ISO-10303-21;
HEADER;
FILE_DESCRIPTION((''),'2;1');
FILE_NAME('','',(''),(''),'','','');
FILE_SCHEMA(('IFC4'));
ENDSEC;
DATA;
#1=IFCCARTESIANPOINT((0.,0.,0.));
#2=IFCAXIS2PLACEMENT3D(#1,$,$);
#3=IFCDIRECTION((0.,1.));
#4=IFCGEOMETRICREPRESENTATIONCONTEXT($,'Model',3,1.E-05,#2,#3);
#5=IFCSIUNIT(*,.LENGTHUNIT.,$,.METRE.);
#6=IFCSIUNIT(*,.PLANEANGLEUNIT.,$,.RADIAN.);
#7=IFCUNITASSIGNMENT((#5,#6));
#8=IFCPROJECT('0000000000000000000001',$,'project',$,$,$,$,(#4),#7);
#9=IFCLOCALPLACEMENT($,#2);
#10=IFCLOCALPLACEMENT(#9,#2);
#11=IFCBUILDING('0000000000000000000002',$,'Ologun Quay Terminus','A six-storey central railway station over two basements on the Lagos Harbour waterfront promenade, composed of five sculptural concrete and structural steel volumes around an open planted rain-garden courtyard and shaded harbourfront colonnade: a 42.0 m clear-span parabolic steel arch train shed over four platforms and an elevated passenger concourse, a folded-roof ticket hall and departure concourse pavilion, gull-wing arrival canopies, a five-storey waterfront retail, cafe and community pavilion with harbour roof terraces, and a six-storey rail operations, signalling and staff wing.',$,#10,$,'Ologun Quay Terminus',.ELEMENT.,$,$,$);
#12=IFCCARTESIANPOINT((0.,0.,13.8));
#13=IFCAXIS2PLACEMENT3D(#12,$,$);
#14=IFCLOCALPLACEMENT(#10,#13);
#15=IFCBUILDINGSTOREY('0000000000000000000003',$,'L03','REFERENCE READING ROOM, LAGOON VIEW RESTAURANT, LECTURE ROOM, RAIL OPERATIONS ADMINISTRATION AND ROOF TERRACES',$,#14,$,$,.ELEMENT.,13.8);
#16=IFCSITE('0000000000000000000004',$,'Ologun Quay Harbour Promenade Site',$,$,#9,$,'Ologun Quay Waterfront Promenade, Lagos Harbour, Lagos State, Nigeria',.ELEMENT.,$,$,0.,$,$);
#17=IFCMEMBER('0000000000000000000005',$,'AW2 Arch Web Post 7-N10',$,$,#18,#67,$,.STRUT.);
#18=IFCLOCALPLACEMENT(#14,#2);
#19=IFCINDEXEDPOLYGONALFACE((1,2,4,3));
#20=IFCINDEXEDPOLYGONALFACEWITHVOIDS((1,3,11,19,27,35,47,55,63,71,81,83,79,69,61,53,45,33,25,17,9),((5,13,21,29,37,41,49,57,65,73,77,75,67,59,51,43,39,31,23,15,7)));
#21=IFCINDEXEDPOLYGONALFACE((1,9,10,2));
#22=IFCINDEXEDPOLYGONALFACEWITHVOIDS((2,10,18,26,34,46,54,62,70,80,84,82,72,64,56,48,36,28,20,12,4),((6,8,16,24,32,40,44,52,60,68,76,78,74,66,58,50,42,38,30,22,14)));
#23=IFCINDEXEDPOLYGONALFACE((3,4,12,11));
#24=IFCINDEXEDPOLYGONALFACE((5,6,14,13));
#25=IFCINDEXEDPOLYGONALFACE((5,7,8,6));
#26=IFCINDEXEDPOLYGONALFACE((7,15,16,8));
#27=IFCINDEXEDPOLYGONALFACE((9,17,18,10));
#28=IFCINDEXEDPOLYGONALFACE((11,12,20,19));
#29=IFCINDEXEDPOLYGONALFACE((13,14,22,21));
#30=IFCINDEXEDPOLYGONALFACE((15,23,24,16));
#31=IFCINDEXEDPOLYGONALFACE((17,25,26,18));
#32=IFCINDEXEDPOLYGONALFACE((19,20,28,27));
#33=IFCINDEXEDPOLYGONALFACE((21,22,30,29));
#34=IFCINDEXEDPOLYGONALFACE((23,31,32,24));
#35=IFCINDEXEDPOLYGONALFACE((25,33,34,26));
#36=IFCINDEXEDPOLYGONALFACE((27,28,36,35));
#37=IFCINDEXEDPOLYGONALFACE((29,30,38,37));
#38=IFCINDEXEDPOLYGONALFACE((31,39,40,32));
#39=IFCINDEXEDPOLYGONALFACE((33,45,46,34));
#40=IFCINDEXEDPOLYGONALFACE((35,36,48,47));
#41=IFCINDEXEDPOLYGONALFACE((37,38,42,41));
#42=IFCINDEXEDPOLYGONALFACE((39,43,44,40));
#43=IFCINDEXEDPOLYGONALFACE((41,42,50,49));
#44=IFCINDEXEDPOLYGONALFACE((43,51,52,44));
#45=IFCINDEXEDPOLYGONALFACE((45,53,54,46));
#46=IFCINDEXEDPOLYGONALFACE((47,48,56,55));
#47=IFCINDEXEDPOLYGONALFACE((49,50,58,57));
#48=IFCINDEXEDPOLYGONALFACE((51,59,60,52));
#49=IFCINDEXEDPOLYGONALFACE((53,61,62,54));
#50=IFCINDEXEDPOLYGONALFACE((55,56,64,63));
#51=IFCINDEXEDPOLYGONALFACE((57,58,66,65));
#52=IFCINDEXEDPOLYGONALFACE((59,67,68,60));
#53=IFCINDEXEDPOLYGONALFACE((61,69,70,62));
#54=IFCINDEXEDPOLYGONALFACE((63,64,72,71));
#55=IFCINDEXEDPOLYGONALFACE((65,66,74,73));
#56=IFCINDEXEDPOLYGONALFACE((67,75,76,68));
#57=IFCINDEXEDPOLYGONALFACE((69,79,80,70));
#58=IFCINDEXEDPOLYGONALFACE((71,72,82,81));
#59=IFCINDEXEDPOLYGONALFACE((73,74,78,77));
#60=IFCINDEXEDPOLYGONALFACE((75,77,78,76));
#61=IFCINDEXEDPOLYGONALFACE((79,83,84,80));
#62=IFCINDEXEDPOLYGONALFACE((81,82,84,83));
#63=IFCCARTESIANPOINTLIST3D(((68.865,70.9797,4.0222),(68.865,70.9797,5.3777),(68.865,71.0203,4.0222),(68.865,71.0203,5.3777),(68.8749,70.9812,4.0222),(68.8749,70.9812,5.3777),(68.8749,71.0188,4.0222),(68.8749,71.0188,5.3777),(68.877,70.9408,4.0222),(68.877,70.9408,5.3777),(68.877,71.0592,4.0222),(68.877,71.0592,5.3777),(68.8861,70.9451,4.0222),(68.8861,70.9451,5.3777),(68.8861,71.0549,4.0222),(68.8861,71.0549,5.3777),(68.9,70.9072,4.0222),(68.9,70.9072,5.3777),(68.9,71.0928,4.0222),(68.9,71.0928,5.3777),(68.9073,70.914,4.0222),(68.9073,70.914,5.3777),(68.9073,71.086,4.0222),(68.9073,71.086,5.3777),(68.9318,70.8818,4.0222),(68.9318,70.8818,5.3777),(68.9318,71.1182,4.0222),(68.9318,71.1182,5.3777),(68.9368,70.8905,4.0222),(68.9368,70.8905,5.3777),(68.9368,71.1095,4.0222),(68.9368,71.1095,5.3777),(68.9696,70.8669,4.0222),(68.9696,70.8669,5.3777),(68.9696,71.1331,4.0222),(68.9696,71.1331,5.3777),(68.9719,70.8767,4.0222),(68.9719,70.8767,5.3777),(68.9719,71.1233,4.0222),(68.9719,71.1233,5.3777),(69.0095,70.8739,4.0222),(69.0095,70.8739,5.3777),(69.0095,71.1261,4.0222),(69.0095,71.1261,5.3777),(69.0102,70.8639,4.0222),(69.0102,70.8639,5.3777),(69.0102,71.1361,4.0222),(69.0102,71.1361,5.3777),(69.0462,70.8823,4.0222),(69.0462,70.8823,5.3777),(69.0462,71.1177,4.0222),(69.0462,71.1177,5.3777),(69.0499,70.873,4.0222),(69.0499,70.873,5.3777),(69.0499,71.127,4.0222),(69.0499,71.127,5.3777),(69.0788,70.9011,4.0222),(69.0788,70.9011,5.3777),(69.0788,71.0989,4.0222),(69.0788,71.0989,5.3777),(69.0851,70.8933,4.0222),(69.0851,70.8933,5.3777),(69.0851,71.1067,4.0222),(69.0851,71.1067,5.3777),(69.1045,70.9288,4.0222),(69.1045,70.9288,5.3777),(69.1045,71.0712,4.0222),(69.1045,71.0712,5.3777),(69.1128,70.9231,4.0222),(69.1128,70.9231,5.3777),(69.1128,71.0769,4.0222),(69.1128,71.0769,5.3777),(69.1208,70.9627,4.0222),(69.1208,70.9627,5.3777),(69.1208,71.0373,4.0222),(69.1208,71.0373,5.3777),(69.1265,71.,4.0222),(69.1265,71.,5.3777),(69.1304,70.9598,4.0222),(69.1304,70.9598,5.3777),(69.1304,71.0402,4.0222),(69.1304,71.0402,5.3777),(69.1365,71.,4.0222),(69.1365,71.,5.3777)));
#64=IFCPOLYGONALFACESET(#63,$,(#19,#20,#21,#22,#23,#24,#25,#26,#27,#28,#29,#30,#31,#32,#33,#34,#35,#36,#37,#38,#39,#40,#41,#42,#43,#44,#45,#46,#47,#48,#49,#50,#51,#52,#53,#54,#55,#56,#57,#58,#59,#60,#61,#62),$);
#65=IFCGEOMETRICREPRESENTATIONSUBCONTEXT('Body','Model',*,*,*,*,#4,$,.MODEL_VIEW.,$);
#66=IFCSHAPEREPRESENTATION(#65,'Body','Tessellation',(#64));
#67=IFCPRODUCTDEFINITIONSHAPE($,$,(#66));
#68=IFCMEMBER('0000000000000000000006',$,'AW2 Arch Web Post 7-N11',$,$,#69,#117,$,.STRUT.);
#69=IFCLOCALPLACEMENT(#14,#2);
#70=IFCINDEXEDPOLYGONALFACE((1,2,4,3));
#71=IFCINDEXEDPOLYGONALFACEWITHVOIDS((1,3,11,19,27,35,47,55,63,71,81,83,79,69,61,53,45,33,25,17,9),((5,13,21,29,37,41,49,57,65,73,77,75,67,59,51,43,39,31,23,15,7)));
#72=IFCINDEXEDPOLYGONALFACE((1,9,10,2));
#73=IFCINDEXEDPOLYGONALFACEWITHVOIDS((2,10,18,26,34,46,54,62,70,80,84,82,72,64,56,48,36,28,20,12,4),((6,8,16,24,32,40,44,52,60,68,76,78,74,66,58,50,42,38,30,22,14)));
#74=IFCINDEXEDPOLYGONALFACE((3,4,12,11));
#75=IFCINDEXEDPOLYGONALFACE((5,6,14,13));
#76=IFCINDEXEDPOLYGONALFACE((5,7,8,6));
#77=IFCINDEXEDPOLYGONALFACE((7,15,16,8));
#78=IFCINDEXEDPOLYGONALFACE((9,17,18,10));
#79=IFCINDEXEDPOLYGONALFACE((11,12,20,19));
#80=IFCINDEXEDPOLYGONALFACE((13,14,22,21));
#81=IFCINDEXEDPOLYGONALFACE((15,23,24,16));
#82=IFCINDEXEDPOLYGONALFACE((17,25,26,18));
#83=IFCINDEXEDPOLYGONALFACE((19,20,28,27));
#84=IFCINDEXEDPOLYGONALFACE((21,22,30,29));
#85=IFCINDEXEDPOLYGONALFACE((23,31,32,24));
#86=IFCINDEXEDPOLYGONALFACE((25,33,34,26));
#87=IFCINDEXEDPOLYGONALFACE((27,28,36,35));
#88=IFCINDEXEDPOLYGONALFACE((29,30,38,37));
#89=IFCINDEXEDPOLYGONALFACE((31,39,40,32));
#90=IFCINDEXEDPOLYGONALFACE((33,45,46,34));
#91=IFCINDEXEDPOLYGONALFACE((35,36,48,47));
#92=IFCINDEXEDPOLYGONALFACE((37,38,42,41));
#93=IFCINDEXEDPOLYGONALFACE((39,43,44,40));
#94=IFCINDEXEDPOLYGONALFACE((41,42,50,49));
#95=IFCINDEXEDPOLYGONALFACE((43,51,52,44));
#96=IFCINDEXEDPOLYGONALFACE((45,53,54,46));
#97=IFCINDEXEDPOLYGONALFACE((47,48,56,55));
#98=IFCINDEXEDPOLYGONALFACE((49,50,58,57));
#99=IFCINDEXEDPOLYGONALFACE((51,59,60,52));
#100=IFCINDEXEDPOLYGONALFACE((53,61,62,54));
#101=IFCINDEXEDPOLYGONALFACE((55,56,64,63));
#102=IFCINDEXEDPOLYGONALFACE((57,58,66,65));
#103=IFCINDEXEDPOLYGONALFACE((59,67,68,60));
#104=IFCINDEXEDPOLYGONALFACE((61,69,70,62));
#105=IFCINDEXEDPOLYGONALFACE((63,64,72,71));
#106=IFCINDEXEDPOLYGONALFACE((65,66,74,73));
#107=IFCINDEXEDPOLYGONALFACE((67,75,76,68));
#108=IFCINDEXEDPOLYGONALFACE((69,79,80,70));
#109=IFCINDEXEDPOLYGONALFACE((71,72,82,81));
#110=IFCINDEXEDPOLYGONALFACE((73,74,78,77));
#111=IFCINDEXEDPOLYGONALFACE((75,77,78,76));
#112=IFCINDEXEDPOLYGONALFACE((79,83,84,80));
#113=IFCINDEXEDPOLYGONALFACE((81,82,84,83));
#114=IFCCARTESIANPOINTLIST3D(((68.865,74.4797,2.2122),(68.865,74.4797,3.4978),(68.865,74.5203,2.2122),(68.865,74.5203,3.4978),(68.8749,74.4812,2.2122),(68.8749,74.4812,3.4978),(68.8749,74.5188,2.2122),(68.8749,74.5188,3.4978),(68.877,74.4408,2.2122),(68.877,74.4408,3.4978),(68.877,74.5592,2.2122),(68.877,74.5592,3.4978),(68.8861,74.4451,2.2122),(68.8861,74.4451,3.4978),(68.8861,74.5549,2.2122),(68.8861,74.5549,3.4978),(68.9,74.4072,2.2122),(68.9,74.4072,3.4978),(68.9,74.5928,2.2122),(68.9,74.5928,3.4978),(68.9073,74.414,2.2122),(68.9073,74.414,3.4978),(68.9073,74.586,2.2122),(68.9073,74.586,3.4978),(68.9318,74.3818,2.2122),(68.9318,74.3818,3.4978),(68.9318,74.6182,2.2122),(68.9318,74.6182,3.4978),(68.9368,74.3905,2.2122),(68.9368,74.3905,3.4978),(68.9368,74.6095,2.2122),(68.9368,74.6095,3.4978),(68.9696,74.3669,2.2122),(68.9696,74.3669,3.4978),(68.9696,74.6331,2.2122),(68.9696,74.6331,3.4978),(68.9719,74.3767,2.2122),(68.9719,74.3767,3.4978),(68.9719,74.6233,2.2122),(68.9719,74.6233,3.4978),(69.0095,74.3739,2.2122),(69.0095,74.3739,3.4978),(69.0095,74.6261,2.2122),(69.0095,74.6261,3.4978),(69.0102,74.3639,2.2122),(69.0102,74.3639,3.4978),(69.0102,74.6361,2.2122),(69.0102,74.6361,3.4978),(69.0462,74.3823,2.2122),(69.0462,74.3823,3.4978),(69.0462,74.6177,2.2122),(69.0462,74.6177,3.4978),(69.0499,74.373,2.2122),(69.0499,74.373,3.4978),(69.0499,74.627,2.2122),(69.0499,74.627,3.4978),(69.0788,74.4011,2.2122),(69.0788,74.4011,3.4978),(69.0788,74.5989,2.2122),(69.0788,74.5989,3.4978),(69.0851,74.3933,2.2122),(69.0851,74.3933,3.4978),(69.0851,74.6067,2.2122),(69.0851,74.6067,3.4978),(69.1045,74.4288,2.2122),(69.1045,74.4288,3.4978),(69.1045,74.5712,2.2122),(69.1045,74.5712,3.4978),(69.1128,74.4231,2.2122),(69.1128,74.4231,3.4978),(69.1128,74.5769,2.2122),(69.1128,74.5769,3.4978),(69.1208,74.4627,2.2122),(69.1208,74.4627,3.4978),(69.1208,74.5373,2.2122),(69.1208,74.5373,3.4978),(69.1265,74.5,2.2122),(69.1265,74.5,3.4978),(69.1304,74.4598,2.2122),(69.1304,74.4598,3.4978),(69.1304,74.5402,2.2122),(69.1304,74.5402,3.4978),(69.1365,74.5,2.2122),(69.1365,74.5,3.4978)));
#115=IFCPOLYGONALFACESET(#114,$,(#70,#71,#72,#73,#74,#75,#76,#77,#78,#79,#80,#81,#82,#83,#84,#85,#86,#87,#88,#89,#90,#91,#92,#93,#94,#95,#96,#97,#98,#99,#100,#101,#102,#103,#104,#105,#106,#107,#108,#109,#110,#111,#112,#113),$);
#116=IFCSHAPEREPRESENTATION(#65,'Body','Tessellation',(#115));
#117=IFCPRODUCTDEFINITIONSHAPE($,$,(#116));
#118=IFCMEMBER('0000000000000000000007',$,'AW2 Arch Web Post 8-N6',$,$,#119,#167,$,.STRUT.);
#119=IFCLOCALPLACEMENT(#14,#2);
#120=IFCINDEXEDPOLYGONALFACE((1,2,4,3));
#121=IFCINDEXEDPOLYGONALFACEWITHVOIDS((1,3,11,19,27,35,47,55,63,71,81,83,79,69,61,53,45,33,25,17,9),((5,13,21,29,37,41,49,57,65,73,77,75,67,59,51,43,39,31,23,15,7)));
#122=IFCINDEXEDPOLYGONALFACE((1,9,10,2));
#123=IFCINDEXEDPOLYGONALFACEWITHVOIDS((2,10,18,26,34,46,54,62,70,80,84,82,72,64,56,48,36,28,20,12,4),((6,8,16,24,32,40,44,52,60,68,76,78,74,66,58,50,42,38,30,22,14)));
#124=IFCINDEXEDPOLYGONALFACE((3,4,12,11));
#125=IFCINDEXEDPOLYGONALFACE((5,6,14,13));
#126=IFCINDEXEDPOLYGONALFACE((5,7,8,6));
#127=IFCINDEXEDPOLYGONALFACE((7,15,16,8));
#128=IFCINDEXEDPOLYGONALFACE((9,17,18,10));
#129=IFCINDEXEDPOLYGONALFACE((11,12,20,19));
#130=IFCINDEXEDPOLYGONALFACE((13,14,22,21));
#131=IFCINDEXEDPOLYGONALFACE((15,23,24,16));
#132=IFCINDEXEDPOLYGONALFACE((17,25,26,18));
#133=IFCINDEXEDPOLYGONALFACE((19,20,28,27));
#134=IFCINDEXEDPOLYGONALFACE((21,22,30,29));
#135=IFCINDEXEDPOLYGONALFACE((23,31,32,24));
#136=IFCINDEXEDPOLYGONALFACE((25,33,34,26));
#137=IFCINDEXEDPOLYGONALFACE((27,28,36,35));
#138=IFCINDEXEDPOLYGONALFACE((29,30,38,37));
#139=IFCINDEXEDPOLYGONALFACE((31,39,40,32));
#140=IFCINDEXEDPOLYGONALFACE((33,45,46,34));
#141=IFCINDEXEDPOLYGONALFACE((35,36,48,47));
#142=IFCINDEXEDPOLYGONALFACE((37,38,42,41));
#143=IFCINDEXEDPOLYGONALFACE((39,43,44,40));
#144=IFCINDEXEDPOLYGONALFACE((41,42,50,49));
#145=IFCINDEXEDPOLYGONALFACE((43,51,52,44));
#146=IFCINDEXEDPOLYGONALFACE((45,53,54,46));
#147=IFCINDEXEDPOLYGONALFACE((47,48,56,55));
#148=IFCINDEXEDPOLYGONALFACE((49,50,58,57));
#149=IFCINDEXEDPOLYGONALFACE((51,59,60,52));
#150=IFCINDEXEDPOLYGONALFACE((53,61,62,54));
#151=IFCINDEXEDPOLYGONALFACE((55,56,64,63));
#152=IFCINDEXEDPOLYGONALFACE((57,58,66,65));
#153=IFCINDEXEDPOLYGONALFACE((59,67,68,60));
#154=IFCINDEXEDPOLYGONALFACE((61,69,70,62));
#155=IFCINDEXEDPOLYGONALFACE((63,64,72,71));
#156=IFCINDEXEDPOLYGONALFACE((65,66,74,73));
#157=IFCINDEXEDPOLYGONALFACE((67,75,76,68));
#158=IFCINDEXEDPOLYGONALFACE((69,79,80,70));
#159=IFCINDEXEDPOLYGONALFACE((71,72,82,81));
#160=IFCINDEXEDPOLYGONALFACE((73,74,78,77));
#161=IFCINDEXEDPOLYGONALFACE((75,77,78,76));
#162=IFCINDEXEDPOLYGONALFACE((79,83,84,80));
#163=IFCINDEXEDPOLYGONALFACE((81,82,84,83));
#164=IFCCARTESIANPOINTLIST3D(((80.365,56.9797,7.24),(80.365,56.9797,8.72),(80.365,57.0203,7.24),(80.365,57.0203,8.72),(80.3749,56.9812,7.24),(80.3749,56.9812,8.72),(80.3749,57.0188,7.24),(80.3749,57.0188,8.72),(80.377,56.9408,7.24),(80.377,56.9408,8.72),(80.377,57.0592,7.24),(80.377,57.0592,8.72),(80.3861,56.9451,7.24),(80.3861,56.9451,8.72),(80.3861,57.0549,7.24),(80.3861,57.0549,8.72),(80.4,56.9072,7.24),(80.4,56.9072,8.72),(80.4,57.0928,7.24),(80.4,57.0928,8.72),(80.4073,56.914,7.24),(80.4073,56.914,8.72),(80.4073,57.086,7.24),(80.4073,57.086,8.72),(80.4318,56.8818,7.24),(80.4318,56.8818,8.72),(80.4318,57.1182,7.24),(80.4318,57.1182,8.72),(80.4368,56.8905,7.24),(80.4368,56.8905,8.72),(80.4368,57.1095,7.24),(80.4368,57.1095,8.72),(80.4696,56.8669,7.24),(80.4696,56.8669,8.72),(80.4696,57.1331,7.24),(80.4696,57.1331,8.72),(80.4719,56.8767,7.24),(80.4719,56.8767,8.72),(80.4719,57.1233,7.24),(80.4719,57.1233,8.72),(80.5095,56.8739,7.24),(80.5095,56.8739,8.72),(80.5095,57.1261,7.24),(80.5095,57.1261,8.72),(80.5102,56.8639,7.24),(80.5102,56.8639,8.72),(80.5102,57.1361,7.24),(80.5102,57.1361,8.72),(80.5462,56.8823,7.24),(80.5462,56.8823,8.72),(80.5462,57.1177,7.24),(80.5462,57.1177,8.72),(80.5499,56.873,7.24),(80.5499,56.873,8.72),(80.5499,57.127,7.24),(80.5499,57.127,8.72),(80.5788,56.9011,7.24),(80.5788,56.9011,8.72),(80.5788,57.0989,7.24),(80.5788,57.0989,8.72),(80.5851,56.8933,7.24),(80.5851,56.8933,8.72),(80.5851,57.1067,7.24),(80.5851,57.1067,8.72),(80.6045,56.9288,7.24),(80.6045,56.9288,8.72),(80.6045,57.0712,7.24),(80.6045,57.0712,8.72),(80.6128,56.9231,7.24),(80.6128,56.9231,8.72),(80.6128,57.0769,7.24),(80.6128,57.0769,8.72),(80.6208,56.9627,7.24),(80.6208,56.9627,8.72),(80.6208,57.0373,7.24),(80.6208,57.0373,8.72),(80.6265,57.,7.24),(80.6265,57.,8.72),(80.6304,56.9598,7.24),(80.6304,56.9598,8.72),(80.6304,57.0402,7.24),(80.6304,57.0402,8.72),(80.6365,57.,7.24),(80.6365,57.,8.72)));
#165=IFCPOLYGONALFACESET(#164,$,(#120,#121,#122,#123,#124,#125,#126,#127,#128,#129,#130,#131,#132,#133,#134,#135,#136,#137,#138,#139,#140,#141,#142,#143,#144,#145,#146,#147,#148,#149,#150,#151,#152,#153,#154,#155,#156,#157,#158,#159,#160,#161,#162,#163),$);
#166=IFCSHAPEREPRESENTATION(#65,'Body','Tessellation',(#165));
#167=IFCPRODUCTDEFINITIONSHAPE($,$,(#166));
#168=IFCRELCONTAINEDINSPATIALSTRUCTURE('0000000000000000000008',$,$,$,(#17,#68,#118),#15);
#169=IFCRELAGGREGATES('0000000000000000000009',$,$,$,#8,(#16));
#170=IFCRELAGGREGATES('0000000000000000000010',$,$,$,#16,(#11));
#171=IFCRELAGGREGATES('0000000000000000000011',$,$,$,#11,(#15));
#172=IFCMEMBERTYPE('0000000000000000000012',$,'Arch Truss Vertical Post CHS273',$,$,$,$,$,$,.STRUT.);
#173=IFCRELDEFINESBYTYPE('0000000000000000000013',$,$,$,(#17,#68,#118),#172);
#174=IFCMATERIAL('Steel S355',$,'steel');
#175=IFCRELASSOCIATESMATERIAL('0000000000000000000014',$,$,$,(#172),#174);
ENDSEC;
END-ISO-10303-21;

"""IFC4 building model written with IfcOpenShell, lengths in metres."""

from ifc_helpers import new_model, si_unit, direction, frame, origin, origin_2d, place, context, subcontext, project, spatial, hollow_circle, extrude, material, material_profile, profile_set, type_object, element, save


model = new_model("IFC4")

# Units and contexts
model_context = context("Model", 3, precision=1e-05, world=origin(), true_north=direction((0.0, 1.0)))
body_context = subcontext(model_context, "Body", "Model", "MODEL_VIEW")
ifc_project = project(units=[si_unit("LENGTHUNIT", "METRE"), si_unit("PLANEANGLEUNIT", "RADIAN")], contexts=[model_context])

# Site, building, storey
site_placement = place(None, origin())
site = spatial("IfcSite", under=ifc_project, at=site_placement, Name="Ologun Quay Harbour Promenade Site", LongName="Ologun Quay Waterfront Promenade, Lagos Harbour, Lagos State, Nigeria", CompositionType="ELEMENT", RefElevation=0.0)
building_placement = place(site_placement, origin())
building = spatial("IfcBuilding", under=site, at=building_placement, Name="Ologun Quay Terminus", Description="A six-storey central railway station over two basements on the Lagos Harbour waterfront promenade, composed of five sculptural concrete and structural steel volumes around an open planted rain-garden courtyard and shaded harbourfront colonnade: a 42.0 m clear-span parabolic steel arch train shed over four platforms and an elevated passenger concourse, a folded-roof ticket hall and departure concourse pavilion, gull-wing arrival canopies, a five-storey waterfront retail, cafe and community pavilion with harbour roof terraces, and a six-storey rail operations, signalling and staff wing.", LongName="Ologun Quay Terminus", CompositionType="ELEMENT")
storey_placement = place(building_placement, frame((0.0, 0.0, 13.8)))
storey = spatial("IfcBuildingStorey", under=building, at=storey_placement, Name="L03", Description="REFERENCE READING ROOM, LAGOON VIEW RESTAURANT, LECTURE ROOM, RAIL OPERATIONS ADMINISTRATION AND ROOF TERRACES", CompositionType="ELEMENT", Elevation=13.8)

# Members
ifc_material_1 = material(Name="Steel S355", Category="steel")
ifc_material_profile_1 = material_profile(ifc_material_1, hollow_circle(Radius=0.1365, WallThickness=0.01, at=origin_2d()), Name="CHS 273x10")
ifc_profile_set_1 = profile_set([ifc_material_profile_1], Name="Steel S355")
member_type_1 = type_object("IfcMemberType", Name="Arch Truss Vertical Post CHS273", PredefinedType="STRUT", material=ifc_profile_set_1)
member_1_placement = place(storey_placement, frame((69.0, 71.0, 4.0222), z_axis=(0.0, 0.0, 1.0), x_axis=(1.0, 0.0, 0.0)))
element("IfcMember", 1, at=member_1_placement, inside=storey, type_object=member_type_1, Name="AW2 Arch Web Post 7-N10", PredefinedType="STRUT", context=body_context, shape_type="SweptSolid", body=[
    extrude(hollow_circle(Radius=0.1365, WallThickness=0.01, at=origin_2d()), origin(), (0.0, 0.0, 1.0), 1.3555),
])
member_2_placement = place(storey_placement, frame((69.0, 74.5, 2.2122), z_axis=(0.0, 0.0, 1.0), x_axis=(1.0, 0.0, 0.0)))
element("IfcMember", 2, at=member_2_placement, inside=storey, type_object=member_type_1, Name="AW2 Arch Web Post 7-N11", PredefinedType="STRUT", context=body_context, shape_type="SweptSolid", body=[
    extrude(hollow_circle(Radius=0.1365, WallThickness=0.01, at=origin_2d()), origin(), (0.0, 0.0, 1.0), 1.2856),
])
member_3_placement = place(storey_placement, frame((80.5, 57.0, 7.24), z_axis=(0.0, 0.0, 1.0), x_axis=(1.0, 0.0, 0.0)))
element("IfcMember", 3, at=member_3_placement, inside=storey, type_object=member_type_1, Name="AW2 Arch Web Post 8-N6", PredefinedType="STRUT", context=body_context, shape_type="SweptSolid", body=[
    extrude(hollow_circle(Radius=0.1365, WallThickness=0.01, at=origin_2d()), origin(), (0.0, 0.0, 1.0), 1.48),
])

save(model, "model.ifc")
